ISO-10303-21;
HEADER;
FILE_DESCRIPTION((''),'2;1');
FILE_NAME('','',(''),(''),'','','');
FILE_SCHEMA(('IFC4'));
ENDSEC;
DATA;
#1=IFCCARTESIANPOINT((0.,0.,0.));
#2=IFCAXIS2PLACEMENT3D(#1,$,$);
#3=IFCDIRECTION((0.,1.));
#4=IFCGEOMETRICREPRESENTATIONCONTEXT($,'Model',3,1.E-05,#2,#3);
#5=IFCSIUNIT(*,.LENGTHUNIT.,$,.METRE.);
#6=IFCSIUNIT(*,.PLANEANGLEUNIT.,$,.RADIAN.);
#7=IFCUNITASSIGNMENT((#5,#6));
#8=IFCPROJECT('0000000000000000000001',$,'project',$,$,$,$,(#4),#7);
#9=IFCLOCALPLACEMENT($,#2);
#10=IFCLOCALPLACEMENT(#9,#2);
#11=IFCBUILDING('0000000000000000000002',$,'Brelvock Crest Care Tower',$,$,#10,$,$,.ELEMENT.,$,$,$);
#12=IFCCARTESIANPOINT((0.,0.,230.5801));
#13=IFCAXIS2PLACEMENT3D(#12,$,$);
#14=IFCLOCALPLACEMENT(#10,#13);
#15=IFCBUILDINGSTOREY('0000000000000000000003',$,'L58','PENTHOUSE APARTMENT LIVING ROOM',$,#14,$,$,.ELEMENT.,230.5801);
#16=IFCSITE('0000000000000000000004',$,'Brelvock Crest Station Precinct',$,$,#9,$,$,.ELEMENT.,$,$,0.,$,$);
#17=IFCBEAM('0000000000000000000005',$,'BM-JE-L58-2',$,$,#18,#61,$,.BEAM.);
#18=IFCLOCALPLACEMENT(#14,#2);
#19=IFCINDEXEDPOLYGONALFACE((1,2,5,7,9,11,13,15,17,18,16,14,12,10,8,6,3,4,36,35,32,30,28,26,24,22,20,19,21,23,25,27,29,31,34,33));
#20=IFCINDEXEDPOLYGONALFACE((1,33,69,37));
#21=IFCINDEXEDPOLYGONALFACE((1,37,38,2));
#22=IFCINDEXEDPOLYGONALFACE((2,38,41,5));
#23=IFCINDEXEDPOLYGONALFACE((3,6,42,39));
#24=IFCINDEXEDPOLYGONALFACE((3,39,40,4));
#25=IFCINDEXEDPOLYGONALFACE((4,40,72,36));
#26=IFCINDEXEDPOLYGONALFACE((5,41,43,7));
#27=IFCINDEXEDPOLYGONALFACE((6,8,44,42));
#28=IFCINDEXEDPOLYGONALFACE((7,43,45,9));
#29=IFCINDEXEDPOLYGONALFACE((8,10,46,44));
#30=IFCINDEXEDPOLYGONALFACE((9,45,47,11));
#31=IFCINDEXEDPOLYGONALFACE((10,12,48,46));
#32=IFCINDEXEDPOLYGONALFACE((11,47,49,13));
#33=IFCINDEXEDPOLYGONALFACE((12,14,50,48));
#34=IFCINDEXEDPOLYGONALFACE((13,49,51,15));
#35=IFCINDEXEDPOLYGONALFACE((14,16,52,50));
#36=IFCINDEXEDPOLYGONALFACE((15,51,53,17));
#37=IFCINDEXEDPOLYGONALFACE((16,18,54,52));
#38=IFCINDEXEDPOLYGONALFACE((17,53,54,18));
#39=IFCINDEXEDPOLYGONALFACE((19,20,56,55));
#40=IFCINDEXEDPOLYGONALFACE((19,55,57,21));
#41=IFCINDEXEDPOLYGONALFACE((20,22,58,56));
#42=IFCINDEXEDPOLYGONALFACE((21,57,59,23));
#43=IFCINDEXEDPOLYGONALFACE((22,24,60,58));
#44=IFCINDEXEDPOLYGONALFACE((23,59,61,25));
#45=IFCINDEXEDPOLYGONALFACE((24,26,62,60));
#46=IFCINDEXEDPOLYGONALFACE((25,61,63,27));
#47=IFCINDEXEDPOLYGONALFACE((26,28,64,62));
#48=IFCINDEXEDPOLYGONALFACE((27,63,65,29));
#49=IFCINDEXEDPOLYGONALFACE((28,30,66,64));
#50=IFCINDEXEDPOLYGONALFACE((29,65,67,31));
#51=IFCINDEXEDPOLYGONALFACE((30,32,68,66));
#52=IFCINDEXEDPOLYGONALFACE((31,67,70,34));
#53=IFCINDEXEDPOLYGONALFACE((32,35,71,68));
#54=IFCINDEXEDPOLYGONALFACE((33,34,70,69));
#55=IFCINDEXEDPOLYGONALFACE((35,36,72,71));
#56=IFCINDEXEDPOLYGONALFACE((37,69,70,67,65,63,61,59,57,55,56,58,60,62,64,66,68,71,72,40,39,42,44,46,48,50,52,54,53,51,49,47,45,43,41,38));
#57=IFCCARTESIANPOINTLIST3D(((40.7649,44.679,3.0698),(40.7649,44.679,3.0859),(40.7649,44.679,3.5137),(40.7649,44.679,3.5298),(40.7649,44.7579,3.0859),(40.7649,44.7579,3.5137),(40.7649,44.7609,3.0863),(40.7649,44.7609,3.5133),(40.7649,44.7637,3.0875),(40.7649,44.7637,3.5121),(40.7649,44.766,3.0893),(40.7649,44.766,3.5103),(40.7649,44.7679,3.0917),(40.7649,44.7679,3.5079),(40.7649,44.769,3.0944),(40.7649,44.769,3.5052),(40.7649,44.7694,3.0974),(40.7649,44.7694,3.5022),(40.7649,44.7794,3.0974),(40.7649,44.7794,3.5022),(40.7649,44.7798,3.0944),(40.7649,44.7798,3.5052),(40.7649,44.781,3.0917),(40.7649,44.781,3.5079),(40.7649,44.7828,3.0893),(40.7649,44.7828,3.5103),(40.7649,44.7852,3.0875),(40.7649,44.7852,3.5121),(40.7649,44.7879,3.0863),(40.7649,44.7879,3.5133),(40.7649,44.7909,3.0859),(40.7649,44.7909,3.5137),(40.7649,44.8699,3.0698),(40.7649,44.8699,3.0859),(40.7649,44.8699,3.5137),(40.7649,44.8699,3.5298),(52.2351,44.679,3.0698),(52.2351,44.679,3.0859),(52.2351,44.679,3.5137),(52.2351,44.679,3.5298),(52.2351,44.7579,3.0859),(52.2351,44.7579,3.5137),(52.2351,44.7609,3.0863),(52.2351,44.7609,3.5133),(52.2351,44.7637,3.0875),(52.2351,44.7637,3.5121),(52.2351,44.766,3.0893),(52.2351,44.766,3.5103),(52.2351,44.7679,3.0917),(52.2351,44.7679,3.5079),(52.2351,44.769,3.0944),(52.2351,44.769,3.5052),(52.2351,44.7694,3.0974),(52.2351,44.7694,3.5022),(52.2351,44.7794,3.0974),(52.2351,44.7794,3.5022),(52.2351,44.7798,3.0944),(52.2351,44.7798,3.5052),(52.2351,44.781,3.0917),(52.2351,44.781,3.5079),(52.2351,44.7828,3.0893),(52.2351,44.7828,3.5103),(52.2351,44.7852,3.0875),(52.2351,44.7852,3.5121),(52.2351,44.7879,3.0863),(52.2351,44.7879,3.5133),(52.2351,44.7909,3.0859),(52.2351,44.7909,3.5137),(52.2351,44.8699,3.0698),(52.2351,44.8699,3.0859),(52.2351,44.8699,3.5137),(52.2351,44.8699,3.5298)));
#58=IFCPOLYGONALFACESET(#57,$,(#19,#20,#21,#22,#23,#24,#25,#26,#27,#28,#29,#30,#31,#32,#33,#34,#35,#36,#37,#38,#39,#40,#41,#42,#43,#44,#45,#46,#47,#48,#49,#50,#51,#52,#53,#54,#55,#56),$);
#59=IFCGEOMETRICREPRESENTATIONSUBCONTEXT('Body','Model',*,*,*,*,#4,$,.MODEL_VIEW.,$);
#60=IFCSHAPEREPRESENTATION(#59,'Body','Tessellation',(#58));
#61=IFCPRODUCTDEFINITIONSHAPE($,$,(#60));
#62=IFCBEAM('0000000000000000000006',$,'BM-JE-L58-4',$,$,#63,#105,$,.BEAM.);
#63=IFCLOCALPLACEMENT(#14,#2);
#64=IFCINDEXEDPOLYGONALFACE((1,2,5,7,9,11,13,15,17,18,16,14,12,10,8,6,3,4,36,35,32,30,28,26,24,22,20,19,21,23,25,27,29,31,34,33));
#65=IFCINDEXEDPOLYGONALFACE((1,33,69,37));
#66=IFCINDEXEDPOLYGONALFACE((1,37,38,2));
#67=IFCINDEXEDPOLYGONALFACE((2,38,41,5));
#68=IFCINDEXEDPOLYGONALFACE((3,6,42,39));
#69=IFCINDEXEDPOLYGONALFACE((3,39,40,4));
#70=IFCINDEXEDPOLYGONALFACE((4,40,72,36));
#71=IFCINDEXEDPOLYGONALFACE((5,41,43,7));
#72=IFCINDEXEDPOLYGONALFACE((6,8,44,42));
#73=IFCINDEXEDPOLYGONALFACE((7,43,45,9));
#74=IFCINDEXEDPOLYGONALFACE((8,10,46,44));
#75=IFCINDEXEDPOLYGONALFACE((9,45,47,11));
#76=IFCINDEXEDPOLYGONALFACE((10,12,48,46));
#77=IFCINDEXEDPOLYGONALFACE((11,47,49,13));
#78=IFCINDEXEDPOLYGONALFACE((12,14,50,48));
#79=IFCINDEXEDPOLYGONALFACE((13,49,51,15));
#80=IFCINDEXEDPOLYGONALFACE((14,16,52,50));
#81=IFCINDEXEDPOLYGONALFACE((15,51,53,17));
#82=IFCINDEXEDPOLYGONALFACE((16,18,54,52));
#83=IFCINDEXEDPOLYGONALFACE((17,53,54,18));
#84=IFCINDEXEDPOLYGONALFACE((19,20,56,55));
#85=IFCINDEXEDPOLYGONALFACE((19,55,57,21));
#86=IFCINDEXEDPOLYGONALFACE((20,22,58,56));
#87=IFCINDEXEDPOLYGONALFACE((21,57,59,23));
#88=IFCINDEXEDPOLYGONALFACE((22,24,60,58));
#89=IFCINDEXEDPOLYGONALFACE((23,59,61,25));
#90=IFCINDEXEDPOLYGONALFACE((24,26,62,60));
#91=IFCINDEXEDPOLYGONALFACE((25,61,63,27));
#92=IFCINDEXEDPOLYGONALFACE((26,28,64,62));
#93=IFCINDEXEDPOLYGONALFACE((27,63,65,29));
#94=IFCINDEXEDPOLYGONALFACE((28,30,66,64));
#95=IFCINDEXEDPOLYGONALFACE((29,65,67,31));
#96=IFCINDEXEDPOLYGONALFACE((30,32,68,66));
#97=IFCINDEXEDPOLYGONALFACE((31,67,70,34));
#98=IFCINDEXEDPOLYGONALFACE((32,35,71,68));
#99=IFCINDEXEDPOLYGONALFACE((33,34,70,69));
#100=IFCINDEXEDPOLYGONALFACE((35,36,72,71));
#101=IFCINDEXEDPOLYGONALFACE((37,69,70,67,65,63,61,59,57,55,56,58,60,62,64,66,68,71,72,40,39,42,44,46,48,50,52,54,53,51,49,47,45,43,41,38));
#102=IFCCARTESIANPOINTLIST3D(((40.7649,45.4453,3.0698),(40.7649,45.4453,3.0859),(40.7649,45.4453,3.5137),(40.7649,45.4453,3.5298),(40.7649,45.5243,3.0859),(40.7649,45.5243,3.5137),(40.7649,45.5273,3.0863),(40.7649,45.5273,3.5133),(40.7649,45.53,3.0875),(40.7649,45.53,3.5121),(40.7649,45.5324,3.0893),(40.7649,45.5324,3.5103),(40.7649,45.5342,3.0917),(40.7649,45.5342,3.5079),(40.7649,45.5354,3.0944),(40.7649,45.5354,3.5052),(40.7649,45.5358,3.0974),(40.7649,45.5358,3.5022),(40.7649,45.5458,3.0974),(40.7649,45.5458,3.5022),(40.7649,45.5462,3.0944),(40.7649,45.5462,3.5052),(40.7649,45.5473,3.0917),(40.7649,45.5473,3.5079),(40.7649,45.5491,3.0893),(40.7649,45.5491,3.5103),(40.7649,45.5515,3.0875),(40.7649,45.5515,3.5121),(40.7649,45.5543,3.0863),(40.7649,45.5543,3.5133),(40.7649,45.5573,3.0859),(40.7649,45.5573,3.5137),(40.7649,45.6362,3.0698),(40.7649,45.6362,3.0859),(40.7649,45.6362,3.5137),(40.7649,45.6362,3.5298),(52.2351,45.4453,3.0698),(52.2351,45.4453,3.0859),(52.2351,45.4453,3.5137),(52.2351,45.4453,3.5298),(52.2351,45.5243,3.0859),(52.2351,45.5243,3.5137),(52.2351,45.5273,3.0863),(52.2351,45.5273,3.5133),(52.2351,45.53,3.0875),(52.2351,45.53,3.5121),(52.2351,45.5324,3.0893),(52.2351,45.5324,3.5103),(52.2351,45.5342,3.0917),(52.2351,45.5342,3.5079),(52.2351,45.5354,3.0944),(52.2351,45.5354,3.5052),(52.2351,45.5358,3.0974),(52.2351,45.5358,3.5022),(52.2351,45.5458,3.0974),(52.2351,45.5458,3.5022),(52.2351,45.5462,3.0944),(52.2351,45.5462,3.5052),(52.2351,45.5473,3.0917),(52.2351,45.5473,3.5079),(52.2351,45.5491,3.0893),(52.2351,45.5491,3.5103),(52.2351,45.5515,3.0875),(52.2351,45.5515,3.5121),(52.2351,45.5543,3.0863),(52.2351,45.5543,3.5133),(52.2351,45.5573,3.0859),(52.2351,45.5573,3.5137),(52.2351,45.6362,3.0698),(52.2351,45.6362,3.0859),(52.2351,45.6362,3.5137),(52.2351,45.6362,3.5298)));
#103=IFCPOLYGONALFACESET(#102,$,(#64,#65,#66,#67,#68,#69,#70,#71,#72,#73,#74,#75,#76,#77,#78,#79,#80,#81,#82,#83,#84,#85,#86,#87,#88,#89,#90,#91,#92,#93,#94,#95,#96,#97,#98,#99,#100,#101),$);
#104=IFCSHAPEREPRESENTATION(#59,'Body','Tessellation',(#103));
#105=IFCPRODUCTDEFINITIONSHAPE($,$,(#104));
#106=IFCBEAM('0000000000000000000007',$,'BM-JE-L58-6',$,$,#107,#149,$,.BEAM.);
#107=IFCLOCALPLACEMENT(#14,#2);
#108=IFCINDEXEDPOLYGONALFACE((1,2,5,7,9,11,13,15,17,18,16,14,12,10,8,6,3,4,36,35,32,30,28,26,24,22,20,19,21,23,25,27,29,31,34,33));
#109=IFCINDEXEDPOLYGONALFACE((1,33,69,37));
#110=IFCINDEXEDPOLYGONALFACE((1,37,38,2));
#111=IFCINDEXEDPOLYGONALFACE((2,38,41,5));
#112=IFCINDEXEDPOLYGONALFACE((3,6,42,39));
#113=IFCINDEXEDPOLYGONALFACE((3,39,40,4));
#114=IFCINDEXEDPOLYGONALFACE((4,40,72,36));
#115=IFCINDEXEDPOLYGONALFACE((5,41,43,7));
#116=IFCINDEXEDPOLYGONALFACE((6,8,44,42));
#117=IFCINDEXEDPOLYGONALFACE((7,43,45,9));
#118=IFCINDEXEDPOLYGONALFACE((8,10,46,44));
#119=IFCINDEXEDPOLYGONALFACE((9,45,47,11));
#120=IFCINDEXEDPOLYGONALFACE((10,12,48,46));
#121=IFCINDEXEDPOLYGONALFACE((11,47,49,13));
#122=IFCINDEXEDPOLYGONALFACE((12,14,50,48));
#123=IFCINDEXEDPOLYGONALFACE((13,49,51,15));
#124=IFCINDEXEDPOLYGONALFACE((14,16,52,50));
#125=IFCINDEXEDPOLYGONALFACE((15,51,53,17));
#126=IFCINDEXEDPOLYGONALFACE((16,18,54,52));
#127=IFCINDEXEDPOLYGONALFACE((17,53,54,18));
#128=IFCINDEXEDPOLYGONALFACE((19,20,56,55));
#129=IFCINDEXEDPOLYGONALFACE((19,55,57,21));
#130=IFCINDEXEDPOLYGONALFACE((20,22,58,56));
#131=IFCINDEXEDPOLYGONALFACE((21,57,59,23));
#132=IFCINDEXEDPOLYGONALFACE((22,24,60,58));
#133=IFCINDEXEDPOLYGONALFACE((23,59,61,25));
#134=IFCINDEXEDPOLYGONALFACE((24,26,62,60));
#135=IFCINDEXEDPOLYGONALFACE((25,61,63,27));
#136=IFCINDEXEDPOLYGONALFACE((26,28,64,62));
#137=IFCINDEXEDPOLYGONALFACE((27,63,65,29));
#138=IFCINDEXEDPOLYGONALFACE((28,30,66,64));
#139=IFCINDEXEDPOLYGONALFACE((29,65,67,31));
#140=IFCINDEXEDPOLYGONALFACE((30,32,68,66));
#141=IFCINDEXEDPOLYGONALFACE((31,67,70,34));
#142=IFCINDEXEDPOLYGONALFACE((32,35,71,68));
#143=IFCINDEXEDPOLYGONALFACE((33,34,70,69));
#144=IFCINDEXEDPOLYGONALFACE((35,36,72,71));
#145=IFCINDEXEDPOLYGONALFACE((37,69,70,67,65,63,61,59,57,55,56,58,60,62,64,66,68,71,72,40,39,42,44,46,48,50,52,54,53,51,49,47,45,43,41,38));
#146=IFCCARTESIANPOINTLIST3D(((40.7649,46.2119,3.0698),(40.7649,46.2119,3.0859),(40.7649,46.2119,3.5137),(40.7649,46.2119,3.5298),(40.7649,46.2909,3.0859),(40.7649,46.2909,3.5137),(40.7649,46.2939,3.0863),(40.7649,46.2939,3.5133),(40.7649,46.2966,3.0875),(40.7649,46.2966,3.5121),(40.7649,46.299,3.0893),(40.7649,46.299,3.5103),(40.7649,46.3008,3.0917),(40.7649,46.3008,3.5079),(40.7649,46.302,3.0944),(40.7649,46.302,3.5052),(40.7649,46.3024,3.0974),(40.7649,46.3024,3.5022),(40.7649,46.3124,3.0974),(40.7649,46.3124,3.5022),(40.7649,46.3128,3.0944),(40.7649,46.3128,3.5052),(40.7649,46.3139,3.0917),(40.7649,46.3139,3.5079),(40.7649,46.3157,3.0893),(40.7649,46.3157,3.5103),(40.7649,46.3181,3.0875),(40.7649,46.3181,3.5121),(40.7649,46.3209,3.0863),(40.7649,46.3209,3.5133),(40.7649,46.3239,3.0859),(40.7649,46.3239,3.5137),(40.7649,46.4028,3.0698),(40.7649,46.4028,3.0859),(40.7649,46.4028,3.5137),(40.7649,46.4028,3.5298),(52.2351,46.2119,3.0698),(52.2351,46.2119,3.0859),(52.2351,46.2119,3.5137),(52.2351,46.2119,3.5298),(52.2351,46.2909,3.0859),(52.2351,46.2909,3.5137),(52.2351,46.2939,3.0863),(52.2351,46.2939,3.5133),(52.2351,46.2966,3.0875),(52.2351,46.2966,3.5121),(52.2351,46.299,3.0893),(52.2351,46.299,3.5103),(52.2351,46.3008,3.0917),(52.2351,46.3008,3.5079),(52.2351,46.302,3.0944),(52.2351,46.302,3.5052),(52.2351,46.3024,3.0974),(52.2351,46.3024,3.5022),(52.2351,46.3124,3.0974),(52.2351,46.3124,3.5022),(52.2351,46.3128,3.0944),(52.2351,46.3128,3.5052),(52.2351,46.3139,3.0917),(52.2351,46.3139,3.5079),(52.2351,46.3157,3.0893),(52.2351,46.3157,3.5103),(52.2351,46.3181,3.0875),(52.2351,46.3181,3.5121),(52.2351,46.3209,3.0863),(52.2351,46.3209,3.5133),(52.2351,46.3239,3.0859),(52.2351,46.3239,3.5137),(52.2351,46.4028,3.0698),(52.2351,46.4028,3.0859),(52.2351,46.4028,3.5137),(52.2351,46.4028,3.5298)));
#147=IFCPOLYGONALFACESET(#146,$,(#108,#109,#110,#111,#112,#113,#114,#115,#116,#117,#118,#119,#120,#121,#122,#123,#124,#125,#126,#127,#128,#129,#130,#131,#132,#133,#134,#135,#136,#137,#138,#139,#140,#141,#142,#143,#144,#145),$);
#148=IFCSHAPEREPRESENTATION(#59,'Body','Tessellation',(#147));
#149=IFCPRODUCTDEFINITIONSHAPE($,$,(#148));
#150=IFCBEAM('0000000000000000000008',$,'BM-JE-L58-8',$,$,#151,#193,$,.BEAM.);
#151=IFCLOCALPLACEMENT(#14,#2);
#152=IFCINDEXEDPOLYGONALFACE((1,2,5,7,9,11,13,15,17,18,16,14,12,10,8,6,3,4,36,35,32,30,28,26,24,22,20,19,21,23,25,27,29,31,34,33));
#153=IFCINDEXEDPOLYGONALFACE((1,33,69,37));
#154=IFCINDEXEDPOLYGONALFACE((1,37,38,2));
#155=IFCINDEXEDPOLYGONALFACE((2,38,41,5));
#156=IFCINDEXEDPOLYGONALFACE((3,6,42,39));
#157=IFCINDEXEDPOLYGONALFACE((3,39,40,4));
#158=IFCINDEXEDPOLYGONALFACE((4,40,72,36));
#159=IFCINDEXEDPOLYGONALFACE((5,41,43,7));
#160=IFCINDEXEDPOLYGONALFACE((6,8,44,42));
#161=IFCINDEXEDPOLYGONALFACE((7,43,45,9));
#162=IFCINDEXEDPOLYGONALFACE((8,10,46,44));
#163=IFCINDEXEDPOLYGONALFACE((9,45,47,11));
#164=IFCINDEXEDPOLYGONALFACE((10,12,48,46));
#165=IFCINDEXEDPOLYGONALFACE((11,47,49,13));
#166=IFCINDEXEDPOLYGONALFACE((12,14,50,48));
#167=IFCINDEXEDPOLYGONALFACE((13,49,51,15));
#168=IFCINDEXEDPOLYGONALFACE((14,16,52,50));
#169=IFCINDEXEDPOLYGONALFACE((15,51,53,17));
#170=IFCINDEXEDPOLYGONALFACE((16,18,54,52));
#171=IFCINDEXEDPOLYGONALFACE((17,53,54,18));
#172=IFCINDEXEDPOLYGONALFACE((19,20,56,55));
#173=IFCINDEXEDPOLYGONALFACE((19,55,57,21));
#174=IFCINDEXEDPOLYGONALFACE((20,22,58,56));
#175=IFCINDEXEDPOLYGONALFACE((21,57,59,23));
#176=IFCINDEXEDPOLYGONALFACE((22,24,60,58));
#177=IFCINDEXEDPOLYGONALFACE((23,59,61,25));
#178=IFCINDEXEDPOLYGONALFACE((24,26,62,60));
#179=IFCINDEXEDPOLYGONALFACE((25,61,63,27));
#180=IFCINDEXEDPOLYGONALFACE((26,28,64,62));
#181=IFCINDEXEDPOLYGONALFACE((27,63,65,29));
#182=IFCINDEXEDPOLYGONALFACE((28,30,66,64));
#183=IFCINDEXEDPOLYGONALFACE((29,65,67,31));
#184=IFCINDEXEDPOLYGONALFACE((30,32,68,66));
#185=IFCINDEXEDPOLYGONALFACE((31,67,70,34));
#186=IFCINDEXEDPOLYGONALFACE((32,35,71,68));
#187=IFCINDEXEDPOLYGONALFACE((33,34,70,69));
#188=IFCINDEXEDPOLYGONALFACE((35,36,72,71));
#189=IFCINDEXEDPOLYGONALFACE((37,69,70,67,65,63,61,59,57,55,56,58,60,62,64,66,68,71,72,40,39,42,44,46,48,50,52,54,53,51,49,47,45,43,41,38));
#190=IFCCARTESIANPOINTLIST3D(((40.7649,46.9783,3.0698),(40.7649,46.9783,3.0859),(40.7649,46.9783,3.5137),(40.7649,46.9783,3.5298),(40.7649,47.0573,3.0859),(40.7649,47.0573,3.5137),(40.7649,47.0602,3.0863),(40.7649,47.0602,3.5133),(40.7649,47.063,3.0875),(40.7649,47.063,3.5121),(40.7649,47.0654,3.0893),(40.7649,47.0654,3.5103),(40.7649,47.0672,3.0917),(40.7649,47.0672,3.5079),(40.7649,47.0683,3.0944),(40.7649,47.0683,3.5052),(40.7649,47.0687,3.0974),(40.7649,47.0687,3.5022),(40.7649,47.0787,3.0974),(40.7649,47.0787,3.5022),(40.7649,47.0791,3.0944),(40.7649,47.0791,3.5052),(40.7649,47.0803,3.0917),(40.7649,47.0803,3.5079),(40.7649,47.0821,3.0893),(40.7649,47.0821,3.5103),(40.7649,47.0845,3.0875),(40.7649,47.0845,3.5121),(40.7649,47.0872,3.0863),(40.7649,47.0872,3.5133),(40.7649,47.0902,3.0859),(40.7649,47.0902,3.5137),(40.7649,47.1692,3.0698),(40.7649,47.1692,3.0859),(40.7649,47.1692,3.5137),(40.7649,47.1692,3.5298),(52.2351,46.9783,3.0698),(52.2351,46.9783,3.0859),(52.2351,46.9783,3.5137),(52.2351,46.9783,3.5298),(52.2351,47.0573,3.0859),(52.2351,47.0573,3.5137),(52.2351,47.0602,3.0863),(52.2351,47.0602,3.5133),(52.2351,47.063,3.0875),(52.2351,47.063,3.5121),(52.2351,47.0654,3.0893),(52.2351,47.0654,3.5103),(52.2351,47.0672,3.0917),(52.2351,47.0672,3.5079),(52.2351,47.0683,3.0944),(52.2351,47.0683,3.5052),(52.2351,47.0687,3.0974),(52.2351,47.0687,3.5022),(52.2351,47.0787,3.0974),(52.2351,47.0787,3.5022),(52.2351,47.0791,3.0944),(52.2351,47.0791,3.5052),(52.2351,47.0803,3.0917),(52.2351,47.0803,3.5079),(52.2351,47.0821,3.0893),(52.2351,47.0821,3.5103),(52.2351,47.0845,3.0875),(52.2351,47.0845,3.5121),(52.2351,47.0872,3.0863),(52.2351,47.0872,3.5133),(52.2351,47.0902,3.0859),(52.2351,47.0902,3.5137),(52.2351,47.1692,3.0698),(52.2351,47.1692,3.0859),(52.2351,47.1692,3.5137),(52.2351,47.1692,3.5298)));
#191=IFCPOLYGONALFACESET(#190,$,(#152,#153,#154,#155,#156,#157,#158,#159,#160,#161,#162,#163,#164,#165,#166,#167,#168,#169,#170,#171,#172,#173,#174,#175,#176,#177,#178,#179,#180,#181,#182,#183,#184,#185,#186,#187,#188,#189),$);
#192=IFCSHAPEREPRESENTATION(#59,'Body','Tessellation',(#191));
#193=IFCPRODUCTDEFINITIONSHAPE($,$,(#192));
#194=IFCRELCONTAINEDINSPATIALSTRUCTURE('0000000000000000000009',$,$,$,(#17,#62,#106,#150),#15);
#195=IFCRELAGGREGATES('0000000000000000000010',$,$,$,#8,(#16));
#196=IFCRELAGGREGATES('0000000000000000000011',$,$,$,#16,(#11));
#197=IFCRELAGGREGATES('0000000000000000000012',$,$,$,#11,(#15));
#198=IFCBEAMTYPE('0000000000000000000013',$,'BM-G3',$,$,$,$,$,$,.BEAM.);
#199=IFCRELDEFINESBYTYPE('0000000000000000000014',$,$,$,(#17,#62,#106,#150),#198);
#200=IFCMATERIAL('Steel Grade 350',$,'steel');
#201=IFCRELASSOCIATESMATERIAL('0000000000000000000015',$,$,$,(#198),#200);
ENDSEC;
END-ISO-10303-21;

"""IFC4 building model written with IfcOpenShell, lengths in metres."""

from ifc_helpers import new_model, si_unit, direction, frame, origin, origin_2d, place, context, subcontext, project, spatial, i_section, extrude, source, transform, mapped, material, material_profile, profile_set, type_object, element, save


model = new_model("IFC4")

# Units and contexts
model_context = context("Model", 3, precision=1e-05, world=origin(), true_north=direction((0.0, 1.0)))
body_context = subcontext(model_context, "Body", "Model", "MODEL_VIEW")
ifc_project = project(units=[si_unit("LENGTHUNIT", "METRE"), si_unit("PLANEANGLEUNIT", "RADIAN")], contexts=[model_context])

# Site, building, storey
site_placement = place(None, origin())
site = spatial("IfcSite", under=ifc_project, at=site_placement, Name="Brelvock Crest Station Precinct", CompositionType="ELEMENT", RefElevation=0.0)
building_placement = place(site_placement, origin())
building = spatial("IfcBuilding", under=site, at=building_placement, Name="Brelvock Crest Care Tower", CompositionType="ELEMENT")
storey_placement = place(building_placement, frame((0.0, 0.0, 230.5801)))
storey = spatial("IfcBuildingStorey", under=building, at=storey_placement, Name="L58", Description="PENTHOUSE APARTMENT LIVING ROOM", CompositionType="ELEMENT", Elevation=230.5801)

# Beams
ifc_material_1 = material(Name="Steel Grade 350", Category="steel")
ifc_material_profile_1 = material_profile(ifc_material_1, i_section(OverallWidth=0.1909, OverallDepth=0.46, WebThickness=0.01, FlangeThickness=0.0161, FilletRadius=0.0115, at=origin_2d()), Name="460UB82.1")
ifc_profile_set_1 = profile_set([ifc_material_profile_1], Name="Steel Grade 350")
beam_type_1 = type_object("IfcBeamType", Name="BM-G3", PredefinedType="BEAM", material=ifc_profile_set_1)
shared_shape_1 = source(origin(), body_context, "Body", "SweptSolid", [
    extrude(i_section(OverallWidth=0.1909, OverallDepth=0.46, WebThickness=0.01, FlangeThickness=0.0161, FilletRadius=0.0115, at=origin_2d()), origin(), (0.0, 0.0, 1.0), 11.4702),
])
for number, where, z_axis, x_axis, name in (
    (1, (40.7649, 44.7744, 3.2998), (1.0, 0.0, 0.0), (0.0, 1.0, 0.0), "BM-JE-L58-2"),
    (2, (40.7649, 45.5408, 3.2998), (1.0, 0.0, 0.0), (0.0, 1.0, 0.0), "BM-JE-L58-4"),
    (3, (40.7649, 46.3074, 3.2998), (1.0, 0.0, 0.0), (0.0, 1.0, 0.0), "BM-JE-L58-6"),
    (4, (40.7649, 47.0737, 3.2998), (1.0, 0.0, 0.0), (0.0, 1.0, 0.0), "BM-JE-L58-8"),
):
    element("IfcBeam", number, at=place(storey_placement, frame(where, z_axis=z_axis, x_axis=x_axis)), inside=storey, type_object=beam_type_1, Name=name, PredefinedType="BEAM", context=body_context, shape_type="MappedRepresentation", body=[
        mapped(shared_shape_1, transform((0.0, 0.0, 0.0), x_axis=(1.0, 0.0, 0.0), y_axis=(0.0, 1.0, 0.0), z_axis=(0.0, 0.0, 1.0), scale=1.0)),
    ])

save(model, "model.ifc")
